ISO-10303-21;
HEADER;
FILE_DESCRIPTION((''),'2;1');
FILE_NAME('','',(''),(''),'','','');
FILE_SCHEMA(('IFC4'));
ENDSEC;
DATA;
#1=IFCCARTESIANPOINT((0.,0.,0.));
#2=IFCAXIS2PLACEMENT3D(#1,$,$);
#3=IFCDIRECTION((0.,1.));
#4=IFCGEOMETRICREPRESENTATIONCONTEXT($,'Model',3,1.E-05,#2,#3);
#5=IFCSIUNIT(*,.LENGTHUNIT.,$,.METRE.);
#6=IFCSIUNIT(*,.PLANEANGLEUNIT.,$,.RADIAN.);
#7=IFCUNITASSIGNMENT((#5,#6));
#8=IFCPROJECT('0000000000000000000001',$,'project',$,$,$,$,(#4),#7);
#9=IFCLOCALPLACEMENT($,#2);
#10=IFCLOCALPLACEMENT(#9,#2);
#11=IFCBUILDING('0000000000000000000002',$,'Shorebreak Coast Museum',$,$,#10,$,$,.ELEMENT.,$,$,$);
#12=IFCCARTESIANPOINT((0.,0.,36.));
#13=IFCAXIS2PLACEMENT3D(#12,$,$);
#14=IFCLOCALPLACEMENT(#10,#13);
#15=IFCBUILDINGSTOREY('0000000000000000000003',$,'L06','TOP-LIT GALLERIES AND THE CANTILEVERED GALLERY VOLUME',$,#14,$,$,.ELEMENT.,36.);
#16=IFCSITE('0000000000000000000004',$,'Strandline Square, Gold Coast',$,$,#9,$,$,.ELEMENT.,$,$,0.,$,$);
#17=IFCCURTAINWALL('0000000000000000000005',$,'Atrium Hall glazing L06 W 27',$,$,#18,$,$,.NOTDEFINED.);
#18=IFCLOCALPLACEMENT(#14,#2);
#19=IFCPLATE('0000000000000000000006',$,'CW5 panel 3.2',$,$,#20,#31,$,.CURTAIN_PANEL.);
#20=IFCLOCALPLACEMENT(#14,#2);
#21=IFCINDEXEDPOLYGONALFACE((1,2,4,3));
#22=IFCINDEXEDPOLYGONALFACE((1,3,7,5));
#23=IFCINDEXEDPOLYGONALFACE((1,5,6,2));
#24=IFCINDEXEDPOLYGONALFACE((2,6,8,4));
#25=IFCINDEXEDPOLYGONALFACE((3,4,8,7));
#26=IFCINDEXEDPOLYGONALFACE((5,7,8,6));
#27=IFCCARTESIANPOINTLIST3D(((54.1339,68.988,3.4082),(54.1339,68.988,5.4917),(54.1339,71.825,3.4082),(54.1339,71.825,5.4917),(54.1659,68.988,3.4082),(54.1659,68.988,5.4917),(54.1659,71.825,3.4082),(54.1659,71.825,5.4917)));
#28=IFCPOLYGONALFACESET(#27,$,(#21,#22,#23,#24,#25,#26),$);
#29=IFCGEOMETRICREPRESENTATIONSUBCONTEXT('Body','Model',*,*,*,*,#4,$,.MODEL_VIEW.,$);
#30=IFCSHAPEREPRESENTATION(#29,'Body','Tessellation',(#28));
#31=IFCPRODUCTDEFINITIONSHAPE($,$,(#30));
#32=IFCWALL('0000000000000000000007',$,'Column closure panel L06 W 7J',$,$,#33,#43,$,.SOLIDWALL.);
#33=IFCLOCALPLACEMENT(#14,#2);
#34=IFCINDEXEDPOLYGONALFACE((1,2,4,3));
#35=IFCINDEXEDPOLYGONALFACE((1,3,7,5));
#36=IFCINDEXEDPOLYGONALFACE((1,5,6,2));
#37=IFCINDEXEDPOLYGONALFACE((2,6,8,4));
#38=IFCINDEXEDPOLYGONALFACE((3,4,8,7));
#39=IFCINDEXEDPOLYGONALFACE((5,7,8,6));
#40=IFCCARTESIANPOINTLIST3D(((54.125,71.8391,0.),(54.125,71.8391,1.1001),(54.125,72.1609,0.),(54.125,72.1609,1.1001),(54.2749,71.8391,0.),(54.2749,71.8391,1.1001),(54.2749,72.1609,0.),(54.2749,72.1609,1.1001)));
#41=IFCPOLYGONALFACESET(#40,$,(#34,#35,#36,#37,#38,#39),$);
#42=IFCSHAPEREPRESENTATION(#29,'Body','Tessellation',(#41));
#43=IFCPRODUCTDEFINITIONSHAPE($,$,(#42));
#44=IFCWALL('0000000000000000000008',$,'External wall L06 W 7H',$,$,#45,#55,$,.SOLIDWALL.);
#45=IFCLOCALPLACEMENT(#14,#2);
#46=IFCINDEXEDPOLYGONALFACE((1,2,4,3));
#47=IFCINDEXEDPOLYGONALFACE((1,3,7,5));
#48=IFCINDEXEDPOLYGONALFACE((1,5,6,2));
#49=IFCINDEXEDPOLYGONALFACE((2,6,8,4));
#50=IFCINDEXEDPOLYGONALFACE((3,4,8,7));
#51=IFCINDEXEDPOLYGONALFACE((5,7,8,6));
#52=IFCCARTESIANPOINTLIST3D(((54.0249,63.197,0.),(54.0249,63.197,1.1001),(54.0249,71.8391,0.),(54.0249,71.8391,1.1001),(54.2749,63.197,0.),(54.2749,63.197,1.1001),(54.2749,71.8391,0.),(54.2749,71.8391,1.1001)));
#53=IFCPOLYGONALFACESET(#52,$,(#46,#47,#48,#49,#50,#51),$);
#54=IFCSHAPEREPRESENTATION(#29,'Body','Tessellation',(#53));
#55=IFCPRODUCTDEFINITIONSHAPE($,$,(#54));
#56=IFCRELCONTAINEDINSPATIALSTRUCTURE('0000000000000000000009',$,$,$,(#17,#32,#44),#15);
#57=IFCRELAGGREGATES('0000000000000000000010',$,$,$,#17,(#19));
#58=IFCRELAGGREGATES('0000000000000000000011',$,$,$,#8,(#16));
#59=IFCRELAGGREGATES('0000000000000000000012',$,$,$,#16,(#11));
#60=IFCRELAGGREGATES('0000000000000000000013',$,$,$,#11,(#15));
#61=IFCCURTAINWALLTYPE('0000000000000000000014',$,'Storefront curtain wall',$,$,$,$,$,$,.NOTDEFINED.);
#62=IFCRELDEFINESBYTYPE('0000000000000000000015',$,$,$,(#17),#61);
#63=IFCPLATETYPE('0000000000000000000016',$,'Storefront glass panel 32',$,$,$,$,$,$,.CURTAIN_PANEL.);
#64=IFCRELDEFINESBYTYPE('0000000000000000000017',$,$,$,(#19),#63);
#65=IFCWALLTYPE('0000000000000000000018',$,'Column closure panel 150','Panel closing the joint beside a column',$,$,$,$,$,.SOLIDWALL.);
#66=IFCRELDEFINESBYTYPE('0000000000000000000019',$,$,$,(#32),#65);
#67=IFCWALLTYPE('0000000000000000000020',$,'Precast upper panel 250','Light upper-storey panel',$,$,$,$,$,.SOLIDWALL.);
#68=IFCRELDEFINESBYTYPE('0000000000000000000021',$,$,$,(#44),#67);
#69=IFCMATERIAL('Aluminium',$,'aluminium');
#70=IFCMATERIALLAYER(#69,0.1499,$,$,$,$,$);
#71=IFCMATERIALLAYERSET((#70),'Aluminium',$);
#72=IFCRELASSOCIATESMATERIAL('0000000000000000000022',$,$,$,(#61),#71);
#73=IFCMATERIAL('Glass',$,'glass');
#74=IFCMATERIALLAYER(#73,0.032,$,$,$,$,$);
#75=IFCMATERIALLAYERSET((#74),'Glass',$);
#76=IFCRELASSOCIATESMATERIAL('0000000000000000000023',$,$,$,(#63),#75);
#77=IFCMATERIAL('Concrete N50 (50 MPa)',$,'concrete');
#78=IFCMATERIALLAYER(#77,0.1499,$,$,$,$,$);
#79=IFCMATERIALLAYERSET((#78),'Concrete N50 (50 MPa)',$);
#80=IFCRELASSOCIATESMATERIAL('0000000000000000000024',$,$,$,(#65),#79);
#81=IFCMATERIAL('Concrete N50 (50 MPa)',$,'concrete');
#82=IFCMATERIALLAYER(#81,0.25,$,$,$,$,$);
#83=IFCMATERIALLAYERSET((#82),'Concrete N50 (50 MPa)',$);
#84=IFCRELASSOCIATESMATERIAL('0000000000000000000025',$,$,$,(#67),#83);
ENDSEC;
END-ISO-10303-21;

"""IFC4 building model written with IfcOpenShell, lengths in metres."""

from ifc_helpers import new_model, si_unit, direction, frame, frame_2d, origin, origin_2d, place, context, subcontext, project, spatial, rectangle, extrude, material, layer, layer_set, type_object, element, aggregate, save


model = new_model("IFC4")

# Units and contexts
model_context = context("Model", 3, precision=1e-05, world=origin(), true_north=direction((0.0, 1.0)))
body_context = subcontext(model_context, "Body", "Model", "MODEL_VIEW")
ifc_project = project(units=[si_unit("LENGTHUNIT", "METRE"), si_unit("PLANEANGLEUNIT", "RADIAN")], contexts=[model_context])

# Site, building, storey
site_placement = place(None, origin())
site = spatial("IfcSite", under=ifc_project, at=site_placement, Name="Strandline Square, Gold Coast", CompositionType="ELEMENT", RefElevation=0.0)
building_placement = place(site_placement, origin())
building = spatial("IfcBuilding", under=site, at=building_placement, Name="Shorebreak Coast Museum", CompositionType="ELEMENT")
storey_placement = place(building_placement, frame((0.0, 0.0, 36.0)))
storey = spatial("IfcBuildingStorey", under=building, at=storey_placement, Name="L06", Description="TOP-LIT GALLERIES AND THE CANTILEVERED GALLERY VOLUME", CompositionType="ELEMENT", Elevation=36.0)

# Curtain wall, plate
ifc_material_1 = material(Name="Aluminium", Category="aluminium")
ifc_layer_1 = layer(ifc_material_1, 0.1499)
ifc_layer_set_1 = layer_set([ifc_layer_1], Name="Aluminium")
curtain_wall_type = type_object("IfcCurtainWallType", Name="Storefront curtain wall", PredefinedType="NOTDEFINED", material=ifc_layer_set_1)
curtain_wall_placement = place(storey_placement, origin())
curtain_wall = element("IfcCurtainWall", 1, at=curtain_wall_placement, inside=storey, type_object=curtain_wall_type, Name="Atrium Hall glazing L06 W 27", PredefinedType="NOTDEFINED")
ifc_material_2 = material(Name="Glass", Category="glass")
ifc_layer_2 = layer(ifc_material_2, 0.032)
ifc_layer_set_2 = layer_set([ifc_layer_2], Name="Glass")
plate_type = type_object("IfcPlateType", Name="Storefront glass panel 32", PredefinedType="CURTAIN_PANEL", material=ifc_layer_set_2)
plate_1_placement = place(storey_placement, frame((54.1499, 70.4065, 3.4082), z_axis=(0.0, 0.0, 1.0), x_axis=(0.0, 1.0, 0.0)))
plate_1 = element("IfcPlate", 2, at=plate_1_placement, type_object=plate_type, Name="CW5 panel 3.2", PredefinedType="CURTAIN_PANEL", context=body_context, shape_type="SweptSolid", body=[
    extrude(rectangle(XDim=2.8369, YDim=0.032, at=origin_2d()), origin(), (0.0, 0.0, 1.0), 2.0835),
])
aggregate(curtain_wall, [plate_1])

# Walls
ifc_material_3 = material(Name="Concrete N50 (50 MPa)", Category="concrete")
ifc_layer_3 = layer(ifc_material_3, 0.1499)
ifc_layer_set_3 = layer_set([ifc_layer_3], Name="Concrete N50 (50 MPa)")
wall_type_1 = type_object("IfcWallType", Name="Column closure panel 150", Description="Panel closing the joint beside a column", PredefinedType="SOLIDWALL", material=ifc_layer_set_3)
wall_1_placement = place(storey_placement, frame((54.2, 71.8391, 0.0), z_axis=(0.0, 0.0, 1.0), x_axis=(0.0, 1.0, 0.0)))
element("IfcWall", 3, at=wall_1_placement, inside=storey, type_object=wall_type_1, Name="Column closure panel L06 W 7J", PredefinedType="SOLIDWALL", context=body_context, shape_type="SweptSolid", body=[
    extrude(rectangle(XDim=0.3218, YDim=0.1499, at=frame_2d((0.1609, 0.0))), origin(), (0.0, 0.0, 1.0), 1.1001),
])
ifc_material_4 = material(Name="Concrete N50 (50 MPa)", Category="concrete")
ifc_layer_4 = layer(ifc_material_4, 0.25)
ifc_layer_set_4 = layer_set([ifc_layer_4], Name="Concrete N50 (50 MPa)")
wall_type_2 = type_object("IfcWallType", Name="Precast upper panel 250", Description="Light upper-storey panel", PredefinedType="SOLIDWALL", material=ifc_layer_set_4)
wall_2_placement = place(storey_placement, frame((54.1499, 63.197, 0.0), z_axis=(0.0, 0.0, 1.0), x_axis=(0.0, 1.0, 0.0)))
element("IfcWall", 4, at=wall_2_placement, inside=storey, type_object=wall_type_2, Name="External wall L06 W 7H", PredefinedType="SOLIDWALL", context=body_context, shape_type="SweptSolid", body=[
    extrude(rectangle(XDim=8.6421, YDim=0.25, at=frame_2d((4.321, 0.0))), origin(), (0.0, 0.0, 1.0), 1.1001),
])

save(model, "model.ifc")
